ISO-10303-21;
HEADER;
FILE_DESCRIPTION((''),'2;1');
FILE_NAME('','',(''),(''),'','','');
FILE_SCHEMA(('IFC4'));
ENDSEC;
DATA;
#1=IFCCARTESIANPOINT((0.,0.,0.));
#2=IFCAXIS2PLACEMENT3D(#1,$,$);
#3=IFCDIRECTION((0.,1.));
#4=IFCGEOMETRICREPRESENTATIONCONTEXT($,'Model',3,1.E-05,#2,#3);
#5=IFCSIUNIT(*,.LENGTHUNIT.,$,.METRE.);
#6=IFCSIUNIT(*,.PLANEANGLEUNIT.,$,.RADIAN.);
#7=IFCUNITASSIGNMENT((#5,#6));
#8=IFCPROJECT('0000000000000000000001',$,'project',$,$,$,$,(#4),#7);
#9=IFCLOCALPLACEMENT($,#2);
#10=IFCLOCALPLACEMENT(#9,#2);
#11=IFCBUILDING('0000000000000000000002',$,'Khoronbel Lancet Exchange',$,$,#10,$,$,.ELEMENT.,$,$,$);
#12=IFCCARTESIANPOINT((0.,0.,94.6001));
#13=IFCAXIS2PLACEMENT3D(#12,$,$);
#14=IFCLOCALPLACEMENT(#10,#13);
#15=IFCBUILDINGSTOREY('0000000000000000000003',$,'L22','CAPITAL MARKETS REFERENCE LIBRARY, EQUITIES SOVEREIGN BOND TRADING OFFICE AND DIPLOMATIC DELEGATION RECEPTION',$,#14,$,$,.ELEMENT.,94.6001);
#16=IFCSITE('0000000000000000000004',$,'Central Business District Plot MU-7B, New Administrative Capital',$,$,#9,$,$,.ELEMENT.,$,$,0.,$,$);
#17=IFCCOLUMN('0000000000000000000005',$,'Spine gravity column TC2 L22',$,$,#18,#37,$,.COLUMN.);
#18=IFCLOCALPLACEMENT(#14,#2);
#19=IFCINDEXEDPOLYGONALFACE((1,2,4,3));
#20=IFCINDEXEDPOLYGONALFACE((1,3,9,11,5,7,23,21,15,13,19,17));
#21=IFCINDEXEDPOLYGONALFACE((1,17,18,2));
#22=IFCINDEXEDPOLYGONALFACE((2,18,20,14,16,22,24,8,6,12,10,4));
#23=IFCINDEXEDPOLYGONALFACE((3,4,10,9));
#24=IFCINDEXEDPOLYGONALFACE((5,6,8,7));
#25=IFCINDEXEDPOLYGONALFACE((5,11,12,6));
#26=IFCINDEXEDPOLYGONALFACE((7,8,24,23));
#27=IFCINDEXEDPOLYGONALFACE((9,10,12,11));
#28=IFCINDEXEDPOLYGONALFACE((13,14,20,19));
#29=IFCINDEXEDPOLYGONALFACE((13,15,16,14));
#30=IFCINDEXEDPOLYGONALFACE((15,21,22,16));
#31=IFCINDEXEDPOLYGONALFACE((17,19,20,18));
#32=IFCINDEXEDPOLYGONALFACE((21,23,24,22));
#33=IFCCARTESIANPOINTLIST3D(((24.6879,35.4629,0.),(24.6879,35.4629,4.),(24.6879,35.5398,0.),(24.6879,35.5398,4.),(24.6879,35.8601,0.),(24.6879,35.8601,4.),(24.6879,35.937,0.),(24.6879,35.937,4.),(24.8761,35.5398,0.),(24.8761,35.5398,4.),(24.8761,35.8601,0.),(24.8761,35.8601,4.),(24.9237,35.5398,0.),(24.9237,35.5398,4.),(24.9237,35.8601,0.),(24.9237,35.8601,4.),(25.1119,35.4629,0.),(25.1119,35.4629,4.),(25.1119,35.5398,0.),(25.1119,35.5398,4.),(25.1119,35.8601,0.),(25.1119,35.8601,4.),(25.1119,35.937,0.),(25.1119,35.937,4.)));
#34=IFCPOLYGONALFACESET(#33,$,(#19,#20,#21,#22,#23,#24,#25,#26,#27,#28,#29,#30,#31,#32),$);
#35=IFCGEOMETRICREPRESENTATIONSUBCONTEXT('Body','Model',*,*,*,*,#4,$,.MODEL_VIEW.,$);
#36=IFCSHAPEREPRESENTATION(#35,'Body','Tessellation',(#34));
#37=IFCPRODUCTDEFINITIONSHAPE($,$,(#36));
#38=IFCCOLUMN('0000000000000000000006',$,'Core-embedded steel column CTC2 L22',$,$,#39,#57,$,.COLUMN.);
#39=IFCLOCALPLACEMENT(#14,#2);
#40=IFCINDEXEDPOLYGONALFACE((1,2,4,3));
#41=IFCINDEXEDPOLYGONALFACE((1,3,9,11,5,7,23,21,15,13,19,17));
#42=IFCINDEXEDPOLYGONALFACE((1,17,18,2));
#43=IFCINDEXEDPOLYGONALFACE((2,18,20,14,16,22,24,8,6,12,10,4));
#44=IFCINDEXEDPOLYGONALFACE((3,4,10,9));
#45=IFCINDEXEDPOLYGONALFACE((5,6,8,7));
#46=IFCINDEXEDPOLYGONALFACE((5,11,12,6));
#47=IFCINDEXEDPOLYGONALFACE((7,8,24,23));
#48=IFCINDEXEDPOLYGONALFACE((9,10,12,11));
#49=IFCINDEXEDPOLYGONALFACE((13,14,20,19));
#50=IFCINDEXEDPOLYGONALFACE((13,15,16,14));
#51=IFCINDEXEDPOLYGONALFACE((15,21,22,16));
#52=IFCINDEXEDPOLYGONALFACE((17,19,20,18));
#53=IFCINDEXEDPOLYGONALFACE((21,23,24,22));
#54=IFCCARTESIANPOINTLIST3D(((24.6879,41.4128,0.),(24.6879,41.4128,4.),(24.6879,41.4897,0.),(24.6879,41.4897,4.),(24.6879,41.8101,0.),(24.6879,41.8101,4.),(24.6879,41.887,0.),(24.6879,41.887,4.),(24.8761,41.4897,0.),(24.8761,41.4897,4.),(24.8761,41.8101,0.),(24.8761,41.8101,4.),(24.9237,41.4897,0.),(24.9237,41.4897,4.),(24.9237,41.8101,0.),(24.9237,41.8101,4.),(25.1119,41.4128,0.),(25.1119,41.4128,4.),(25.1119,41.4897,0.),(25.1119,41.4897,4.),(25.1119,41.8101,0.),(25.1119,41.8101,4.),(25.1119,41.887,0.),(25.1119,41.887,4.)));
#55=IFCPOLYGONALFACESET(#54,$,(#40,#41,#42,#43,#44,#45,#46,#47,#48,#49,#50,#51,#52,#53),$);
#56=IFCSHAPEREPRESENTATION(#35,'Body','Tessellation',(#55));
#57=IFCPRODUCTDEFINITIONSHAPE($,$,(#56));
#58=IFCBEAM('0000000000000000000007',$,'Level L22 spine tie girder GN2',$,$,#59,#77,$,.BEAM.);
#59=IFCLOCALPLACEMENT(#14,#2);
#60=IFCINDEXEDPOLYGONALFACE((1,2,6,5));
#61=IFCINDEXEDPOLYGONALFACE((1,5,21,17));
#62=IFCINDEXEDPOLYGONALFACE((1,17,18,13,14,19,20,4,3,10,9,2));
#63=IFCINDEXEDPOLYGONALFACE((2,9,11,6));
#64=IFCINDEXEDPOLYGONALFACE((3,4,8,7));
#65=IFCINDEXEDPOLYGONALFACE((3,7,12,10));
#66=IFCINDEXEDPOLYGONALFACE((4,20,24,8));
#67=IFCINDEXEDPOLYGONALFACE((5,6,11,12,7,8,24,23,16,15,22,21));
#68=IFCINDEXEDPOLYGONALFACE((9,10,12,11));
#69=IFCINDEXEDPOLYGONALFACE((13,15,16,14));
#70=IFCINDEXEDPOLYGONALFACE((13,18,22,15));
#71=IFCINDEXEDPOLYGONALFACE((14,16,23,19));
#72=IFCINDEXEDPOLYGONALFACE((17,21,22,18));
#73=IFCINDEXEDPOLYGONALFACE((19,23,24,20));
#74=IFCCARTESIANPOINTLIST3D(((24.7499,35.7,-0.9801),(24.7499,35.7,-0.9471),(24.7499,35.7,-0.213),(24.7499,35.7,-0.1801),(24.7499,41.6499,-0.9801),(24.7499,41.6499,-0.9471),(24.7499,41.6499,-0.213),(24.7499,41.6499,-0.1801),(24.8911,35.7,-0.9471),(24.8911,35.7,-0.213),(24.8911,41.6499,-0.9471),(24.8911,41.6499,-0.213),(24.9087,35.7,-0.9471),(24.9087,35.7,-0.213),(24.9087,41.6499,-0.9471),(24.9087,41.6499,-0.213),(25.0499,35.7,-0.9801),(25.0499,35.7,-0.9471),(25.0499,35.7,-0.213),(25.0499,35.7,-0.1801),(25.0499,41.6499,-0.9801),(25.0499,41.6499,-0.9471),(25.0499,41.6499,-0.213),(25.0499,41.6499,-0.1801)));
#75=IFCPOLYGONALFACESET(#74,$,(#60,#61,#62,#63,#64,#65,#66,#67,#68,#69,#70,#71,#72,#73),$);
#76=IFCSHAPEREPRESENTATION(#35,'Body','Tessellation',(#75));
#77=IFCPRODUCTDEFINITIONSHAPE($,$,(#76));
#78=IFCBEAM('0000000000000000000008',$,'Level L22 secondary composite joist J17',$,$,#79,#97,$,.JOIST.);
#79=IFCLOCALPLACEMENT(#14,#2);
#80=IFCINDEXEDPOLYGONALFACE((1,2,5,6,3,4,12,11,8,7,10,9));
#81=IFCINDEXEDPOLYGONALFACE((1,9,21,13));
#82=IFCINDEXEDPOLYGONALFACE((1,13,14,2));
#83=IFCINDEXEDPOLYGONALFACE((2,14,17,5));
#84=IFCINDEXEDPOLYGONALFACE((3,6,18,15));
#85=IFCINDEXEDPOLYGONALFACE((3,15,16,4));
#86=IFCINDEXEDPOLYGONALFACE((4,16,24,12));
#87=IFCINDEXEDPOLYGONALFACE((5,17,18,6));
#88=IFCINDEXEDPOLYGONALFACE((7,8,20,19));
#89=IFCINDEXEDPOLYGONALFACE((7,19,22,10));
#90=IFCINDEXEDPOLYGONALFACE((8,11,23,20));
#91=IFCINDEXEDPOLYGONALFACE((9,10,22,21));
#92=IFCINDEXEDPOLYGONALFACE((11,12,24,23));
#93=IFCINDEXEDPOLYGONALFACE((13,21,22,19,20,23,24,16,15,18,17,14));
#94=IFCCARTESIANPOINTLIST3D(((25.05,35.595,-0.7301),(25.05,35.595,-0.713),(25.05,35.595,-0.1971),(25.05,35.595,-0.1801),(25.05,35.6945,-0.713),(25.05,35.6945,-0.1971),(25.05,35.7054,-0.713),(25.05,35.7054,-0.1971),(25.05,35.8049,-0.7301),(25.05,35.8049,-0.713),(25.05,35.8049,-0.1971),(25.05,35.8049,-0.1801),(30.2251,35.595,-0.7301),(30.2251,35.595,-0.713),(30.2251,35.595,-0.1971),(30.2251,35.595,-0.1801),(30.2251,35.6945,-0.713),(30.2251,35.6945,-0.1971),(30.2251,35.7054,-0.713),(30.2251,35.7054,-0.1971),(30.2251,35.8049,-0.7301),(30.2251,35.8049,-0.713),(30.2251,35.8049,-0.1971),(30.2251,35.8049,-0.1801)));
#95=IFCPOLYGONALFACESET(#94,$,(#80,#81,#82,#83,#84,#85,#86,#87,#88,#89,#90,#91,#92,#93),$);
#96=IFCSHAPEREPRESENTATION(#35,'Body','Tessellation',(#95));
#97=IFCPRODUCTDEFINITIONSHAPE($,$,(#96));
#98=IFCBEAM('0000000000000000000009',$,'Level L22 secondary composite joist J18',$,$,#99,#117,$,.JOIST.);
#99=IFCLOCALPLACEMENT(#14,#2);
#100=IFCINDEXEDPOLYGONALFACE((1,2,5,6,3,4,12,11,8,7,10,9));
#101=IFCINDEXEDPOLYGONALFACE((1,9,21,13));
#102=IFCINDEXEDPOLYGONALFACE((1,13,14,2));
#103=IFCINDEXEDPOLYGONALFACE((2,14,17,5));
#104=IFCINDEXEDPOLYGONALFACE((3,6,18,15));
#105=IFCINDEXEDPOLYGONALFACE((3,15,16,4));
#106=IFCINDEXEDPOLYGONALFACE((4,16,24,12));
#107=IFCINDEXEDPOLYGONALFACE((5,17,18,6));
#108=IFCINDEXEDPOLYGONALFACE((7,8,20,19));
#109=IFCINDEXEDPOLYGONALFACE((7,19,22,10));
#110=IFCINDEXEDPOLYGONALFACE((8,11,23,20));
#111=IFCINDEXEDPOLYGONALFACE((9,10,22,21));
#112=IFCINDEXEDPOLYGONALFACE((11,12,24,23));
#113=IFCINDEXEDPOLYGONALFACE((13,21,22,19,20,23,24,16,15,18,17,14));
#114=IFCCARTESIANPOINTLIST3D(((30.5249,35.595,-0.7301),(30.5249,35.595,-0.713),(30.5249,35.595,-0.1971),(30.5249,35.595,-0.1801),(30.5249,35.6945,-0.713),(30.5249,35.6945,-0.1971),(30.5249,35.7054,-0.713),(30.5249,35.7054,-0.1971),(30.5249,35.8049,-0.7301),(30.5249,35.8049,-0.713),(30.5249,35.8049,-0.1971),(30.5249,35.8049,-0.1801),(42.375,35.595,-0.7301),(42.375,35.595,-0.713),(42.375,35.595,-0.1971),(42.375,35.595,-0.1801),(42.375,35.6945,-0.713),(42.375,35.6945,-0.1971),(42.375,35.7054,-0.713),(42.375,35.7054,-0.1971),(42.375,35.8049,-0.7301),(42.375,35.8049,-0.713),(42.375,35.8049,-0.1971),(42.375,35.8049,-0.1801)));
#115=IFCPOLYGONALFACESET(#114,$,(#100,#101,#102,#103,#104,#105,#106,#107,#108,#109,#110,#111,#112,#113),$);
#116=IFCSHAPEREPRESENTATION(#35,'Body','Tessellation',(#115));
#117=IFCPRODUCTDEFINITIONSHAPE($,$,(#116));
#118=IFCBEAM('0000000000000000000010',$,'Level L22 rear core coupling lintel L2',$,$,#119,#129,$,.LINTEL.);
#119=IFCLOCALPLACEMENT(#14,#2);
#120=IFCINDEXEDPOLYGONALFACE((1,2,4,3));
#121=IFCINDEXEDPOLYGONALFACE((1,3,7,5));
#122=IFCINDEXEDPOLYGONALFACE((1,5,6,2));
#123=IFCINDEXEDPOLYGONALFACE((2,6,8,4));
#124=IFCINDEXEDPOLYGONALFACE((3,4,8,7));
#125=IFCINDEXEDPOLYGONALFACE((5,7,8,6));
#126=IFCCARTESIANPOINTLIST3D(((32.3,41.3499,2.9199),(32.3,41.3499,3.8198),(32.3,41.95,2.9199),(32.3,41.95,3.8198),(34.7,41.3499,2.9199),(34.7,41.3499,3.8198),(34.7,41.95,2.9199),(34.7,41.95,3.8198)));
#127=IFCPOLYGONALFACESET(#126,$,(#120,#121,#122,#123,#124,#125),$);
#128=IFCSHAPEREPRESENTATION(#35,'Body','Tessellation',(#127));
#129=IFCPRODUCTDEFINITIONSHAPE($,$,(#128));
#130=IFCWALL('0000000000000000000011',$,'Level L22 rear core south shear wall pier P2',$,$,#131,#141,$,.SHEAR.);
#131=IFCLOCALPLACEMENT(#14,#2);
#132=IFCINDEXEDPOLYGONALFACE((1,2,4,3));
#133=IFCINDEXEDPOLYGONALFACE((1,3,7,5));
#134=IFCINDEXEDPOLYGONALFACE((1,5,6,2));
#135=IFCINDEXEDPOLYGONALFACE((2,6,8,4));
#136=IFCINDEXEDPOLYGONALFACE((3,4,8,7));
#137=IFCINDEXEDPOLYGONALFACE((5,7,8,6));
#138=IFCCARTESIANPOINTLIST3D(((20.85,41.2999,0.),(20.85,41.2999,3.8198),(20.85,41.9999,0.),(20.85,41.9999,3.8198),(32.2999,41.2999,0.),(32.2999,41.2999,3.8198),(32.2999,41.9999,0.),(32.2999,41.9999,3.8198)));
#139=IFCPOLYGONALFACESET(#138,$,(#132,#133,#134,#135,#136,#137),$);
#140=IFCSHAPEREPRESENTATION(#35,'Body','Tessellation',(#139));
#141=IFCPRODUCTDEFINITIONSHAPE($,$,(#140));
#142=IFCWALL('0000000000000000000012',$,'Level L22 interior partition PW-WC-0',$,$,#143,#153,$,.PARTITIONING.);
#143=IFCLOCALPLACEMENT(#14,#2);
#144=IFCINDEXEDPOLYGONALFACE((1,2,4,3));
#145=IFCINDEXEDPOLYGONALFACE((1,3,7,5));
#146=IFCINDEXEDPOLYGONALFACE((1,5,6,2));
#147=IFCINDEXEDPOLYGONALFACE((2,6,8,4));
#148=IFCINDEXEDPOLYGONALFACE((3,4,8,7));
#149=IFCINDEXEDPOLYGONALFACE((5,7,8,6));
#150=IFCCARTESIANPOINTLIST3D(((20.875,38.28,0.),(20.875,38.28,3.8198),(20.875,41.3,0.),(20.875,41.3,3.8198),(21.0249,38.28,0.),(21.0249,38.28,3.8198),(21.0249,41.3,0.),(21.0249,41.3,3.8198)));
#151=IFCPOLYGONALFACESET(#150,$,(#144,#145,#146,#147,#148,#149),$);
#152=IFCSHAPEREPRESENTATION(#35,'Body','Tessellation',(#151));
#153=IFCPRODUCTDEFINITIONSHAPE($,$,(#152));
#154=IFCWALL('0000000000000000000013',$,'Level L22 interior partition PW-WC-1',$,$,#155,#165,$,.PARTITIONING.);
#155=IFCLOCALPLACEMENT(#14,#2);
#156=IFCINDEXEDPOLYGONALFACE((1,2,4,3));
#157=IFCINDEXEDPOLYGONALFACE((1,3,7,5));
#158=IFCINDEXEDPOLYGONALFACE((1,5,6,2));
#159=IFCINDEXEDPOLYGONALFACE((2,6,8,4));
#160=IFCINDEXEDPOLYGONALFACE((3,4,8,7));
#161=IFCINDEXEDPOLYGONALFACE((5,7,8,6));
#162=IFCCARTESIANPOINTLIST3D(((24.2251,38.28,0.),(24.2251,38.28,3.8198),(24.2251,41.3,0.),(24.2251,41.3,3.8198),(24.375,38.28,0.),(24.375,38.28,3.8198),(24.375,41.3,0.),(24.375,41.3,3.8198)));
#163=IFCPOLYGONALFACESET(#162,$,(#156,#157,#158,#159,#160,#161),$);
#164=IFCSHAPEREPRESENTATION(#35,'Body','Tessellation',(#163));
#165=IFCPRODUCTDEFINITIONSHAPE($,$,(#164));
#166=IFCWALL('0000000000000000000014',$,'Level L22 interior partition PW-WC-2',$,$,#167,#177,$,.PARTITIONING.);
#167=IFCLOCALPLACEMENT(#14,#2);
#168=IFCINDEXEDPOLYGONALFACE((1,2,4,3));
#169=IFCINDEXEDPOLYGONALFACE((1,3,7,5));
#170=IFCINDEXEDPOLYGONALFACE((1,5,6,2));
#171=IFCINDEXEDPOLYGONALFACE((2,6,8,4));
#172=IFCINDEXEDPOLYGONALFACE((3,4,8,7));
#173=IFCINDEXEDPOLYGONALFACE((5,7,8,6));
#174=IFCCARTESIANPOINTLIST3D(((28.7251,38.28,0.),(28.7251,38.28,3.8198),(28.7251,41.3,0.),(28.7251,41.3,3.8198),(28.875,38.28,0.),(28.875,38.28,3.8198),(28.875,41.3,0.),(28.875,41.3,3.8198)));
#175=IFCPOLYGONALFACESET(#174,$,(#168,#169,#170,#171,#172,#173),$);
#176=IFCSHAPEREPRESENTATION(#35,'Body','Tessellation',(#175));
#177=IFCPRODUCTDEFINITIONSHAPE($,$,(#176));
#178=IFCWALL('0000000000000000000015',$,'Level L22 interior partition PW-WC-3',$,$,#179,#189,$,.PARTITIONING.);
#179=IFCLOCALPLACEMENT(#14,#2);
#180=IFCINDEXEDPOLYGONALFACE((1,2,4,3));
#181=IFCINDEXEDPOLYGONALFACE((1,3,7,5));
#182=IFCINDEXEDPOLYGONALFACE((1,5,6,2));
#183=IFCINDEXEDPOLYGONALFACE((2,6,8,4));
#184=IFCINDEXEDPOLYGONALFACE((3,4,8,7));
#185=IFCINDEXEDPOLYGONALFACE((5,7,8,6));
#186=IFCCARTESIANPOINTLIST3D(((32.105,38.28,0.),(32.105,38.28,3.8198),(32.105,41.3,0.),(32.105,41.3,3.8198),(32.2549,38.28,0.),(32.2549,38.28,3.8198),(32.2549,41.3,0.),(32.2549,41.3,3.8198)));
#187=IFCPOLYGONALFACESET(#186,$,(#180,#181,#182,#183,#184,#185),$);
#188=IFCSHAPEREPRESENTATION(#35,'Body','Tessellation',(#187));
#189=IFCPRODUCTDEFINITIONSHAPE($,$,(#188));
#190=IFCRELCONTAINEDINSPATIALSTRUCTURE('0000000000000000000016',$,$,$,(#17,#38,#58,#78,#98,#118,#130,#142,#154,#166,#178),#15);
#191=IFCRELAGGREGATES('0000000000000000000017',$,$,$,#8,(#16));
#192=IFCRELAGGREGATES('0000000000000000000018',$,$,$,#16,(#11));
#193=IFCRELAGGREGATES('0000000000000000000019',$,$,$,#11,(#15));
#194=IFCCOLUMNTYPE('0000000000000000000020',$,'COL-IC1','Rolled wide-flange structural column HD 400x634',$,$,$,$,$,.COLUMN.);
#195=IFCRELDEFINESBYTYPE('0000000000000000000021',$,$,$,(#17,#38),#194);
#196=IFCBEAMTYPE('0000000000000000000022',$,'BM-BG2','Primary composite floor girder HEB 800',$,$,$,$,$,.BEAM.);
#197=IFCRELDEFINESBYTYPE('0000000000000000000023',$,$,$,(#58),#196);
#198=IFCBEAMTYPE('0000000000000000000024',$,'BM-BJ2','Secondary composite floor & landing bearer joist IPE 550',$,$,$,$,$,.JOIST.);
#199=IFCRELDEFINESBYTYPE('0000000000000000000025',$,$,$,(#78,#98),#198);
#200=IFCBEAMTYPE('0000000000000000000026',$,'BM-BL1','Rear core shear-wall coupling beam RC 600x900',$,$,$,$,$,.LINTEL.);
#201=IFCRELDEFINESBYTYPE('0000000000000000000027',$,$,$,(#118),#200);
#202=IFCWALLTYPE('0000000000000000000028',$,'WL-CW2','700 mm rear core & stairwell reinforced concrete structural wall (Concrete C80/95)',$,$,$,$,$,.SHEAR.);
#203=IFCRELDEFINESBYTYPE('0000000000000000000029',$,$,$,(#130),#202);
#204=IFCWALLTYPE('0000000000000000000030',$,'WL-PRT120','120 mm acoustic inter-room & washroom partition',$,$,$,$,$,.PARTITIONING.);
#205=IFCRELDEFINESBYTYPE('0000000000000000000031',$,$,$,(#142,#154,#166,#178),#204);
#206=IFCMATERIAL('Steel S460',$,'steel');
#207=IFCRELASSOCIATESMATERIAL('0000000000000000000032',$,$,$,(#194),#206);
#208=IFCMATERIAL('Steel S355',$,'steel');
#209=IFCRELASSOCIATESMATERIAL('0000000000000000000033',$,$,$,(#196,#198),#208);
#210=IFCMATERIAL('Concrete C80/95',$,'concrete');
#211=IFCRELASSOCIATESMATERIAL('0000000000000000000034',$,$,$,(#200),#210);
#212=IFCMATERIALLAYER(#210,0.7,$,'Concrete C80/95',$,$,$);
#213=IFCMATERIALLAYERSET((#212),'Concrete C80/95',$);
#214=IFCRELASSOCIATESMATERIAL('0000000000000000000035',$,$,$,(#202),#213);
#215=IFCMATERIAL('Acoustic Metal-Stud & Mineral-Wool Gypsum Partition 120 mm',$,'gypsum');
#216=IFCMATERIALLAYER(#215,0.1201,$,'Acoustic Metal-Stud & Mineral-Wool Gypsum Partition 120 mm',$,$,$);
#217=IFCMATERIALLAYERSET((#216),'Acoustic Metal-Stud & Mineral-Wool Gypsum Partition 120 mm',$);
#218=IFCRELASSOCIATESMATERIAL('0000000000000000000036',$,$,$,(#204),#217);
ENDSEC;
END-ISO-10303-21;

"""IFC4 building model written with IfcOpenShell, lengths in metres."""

from ifc_helpers import new_model, si_unit, direction, frame, frame_2d, origin, origin_2d, place, context, subcontext, project, spatial, rectangle, i_section, extrude, material, layer, layer_set, material_profile, profile_set, type_object, element, save


model = new_model("IFC4")

# Units and contexts
model_context = context("Model", 3, precision=1e-05, world=origin(), true_north=direction((0.0, 1.0)))
body_context = subcontext(model_context, "Body", "Model", "MODEL_VIEW")
ifc_project = project(units=[si_unit("LENGTHUNIT", "METRE"), si_unit("PLANEANGLEUNIT", "RADIAN")], contexts=[model_context])

# Site, building, storey
site_placement = place(None, origin())
site = spatial("IfcSite", under=ifc_project, at=site_placement, Name="Central Business District Plot MU-7B, New Administrative Capital", CompositionType="ELEMENT", RefElevation=0.0)
building_placement = place(site_placement, origin())
building = spatial("IfcBuilding", under=site, at=building_placement, Name="Khoronbel Lancet Exchange", CompositionType="ELEMENT")
storey_placement = place(building_placement, frame((0.0, 0.0, 94.6001)))
storey = spatial("IfcBuildingStorey", under=building, at=storey_placement, Name="L22", Description="CAPITAL MARKETS REFERENCE LIBRARY, EQUITIES SOVEREIGN BOND TRADING OFFICE AND DIPLOMATIC DELEGATION RECEPTION", CompositionType="ELEMENT", Elevation=94.6001)

# Columns
ifc_material_1 = material(Name="Steel S460", Category="steel")
ifc_material_profile_1 = material_profile(ifc_material_1, i_section(OverallWidth=0.4241, OverallDepth=0.4741, WebThickness=0.0476, FlangeThickness=0.0769, at=origin_2d()), Name="HD 400x634")
ifc_profile_set_1 = profile_set([ifc_material_profile_1], Name="Steel S460")
column_type = type_object("IfcColumnType", Name="COL-IC1", Description="Rolled wide-flange structural column HD 400x634", PredefinedType="COLUMN", material=ifc_profile_set_1)
for number, where, z_axis, x_axis, name in (
    (1, (24.8999, 35.7, 0.0), (0.0, 0.0, 1.0), (1.0, 0.0, 0.0), "Spine gravity column TC2 L22"),
    (2, (24.8999, 41.6499, 0.0), (0.0, 0.0, 1.0), (1.0, 0.0, 0.0), "Core-embedded steel column CTC2 L22"),
):
    element("IfcColumn", number, at=place(storey_placement, frame(where, z_axis=z_axis, x_axis=x_axis)), inside=storey, type_object=column_type, Name=name, PredefinedType="COLUMN", context=body_context, shape_type="SweptSolid", body=[
        extrude(i_section(OverallWidth=0.4241, OverallDepth=0.4741, WebThickness=0.0476, FlangeThickness=0.0769, at=origin_2d()), origin(), (0.0, 0.0, 1.0), 4.0),
    ])

# Beams
ifc_material_2 = material(Name="Steel S355", Category="steel")
ifc_material_profile_2 = material_profile(ifc_material_2, i_section(OverallWidth=0.3, OverallDepth=0.8, WebThickness=0.0176, FlangeThickness=0.033, at=origin_2d()), Name="HEB 800")
ifc_profile_set_2 = profile_set([ifc_material_profile_2], Name="Steel S355")
beam_type_1 = type_object("IfcBeamType", Name="BM-BG2", Description="Primary composite floor girder HEB 800", PredefinedType="BEAM", material=ifc_profile_set_2)
beam_1_placement = place(storey_placement, frame((24.8999, 35.7, -0.5801), z_axis=(0.0, 1.0, 0.0), x_axis=(-1.0, 0.0, 0.0)))
element("IfcBeam", 3, at=beam_1_placement, inside=storey, type_object=beam_type_1, Name="Level L22 spine tie girder GN2", PredefinedType="BEAM", context=body_context, shape_type="SweptSolid", body=[
    extrude(i_section(OverallWidth=0.3, OverallDepth=0.8, WebThickness=0.0176, FlangeThickness=0.033, at=origin_2d()), origin(), (0.0, 0.0, 1.0), 5.95),
])
ifc_material_profile_3 = material_profile(ifc_material_2, i_section(OverallWidth=0.21, OverallDepth=0.55, WebThickness=0.011, FlangeThickness=0.0171, at=origin_2d()), Name="IPE 550")
ifc_profile_set_3 = profile_set([ifc_material_profile_3], Name="Steel S355")
beam_type_2 = type_object("IfcBeamType", Name="BM-BJ2", Description="Secondary composite floor & landing bearer joist IPE 550", PredefinedType="JOIST", material=ifc_profile_set_3)
beam_2_placement = place(storey_placement, frame((25.05, 35.7, -0.4551), z_axis=(1.0, 0.0, 0.0), x_axis=(0.0, 1.0, 0.0)))
element("IfcBeam", 4, at=beam_2_placement, inside=storey, type_object=beam_type_2, Name="Level L22 secondary composite joist J17", PredefinedType="JOIST", context=body_context, shape_type="SweptSolid", body=[
    extrude(i_section(OverallWidth=0.21, OverallDepth=0.55, WebThickness=0.011, FlangeThickness=0.0171, at=origin_2d()), origin(), (0.0, 0.0, 1.0), 5.175),
])
beam_3_placement = place(storey_placement, frame((30.5249, 35.7, -0.4551), z_axis=(1.0, 0.0, 0.0), x_axis=(0.0, 1.0, 0.0)))
element("IfcBeam", 5, at=beam_3_placement, inside=storey, type_object=beam_type_2, Name="Level L22 secondary composite joist J18", PredefinedType="JOIST", context=body_context, shape_type="SweptSolid", body=[
    extrude(i_section(OverallWidth=0.21, OverallDepth=0.55, WebThickness=0.011, FlangeThickness=0.0171, at=origin_2d()), origin(), (0.0, 0.0, 1.0), 11.8501),
])
ifc_material_3 = material(Name="Concrete C80/95", Category="concrete")
ifc_material_profile_4 = material_profile(ifc_material_3, rectangle(XDim=0.6001, YDim=0.8999, at=origin_2d()), Name="RC 600x900")
ifc_profile_set_4 = profile_set([ifc_material_profile_4], Name="Concrete C80/95")
beam_type_3 = type_object("IfcBeamType", Name="BM-BL1", Description="Rear core shear-wall coupling beam RC 600x900", PredefinedType="LINTEL", material=ifc_profile_set_4)
beam_4_placement = place(storey_placement, frame((32.3, 41.6499, 3.3699), z_axis=(1.0, 0.0, 0.0), x_axis=(0.0, 1.0, 0.0)))
element("IfcBeam", 6, at=beam_4_placement, inside=storey, type_object=beam_type_3, Name="Level L22 rear core coupling lintel L2", PredefinedType="LINTEL", context=body_context, shape_type="SweptSolid", body=[
    extrude(rectangle(XDim=0.6001, YDim=0.8999, at=origin_2d()), origin(), (0.0, 0.0, 1.0), 2.3999),
])

# Walls
ifc_layer_1 = layer(ifc_material_3, 0.7, Name="Concrete C80/95")
ifc_layer_set_1 = layer_set([ifc_layer_1], Name="Concrete C80/95")
wall_type_1 = type_object("IfcWallType", Name="WL-CW2", Description="700 mm rear core & stairwell reinforced concrete structural wall (Concrete C80/95)", PredefinedType="SHEAR", material=ifc_layer_set_1)
wall_1_placement = place(storey_placement, frame((32.3, 41.6499, 0.0), z_axis=(0.0, 0.0, 1.0), x_axis=(-1.0, 0.0, 0.0)))
element("IfcWall", 7, at=wall_1_placement, inside=storey, type_object=wall_type_1, Name="Level L22 rear core south shear wall pier P2", PredefinedType="SHEAR", context=body_context, shape_type="SweptSolid", body=[
    extrude(rectangle(XDim=11.45, YDim=0.7, at=frame_2d((5.7251, 0.0))), origin(), (0.0, 0.0, 1.0), 3.8198),
])
ifc_material_4 = material(Name="Acoustic Metal-Stud & Mineral-Wool Gypsum Partition 120 mm", Category="gypsum")
ifc_layer_2 = layer(ifc_material_4, 0.1201, Name="Acoustic Metal-Stud & Mineral-Wool Gypsum Partition 120 mm")
ifc_layer_set_2 = layer_set([ifc_layer_2], Name="Acoustic Metal-Stud & Mineral-Wool Gypsum Partition 120 mm")
wall_type_2 = type_object("IfcWallType", Name="WL-PRT120", Description="120 mm acoustic inter-room & washroom partition", PredefinedType="PARTITIONING", material=ifc_layer_set_2)
for number, where, z_axis, x_axis, name in (
    (8, (20.95, 38.28, 0.0), (0.0, 0.0, 1.0), (0.0, 1.0, 0.0), "Level L22 interior partition PW-WC-0"),
    (9, (24.3, 38.28, 0.0), (0.0, 0.0, 1.0), (0.0, 1.0, 0.0), "Level L22 interior partition PW-WC-1"),
    (10, (28.8, 38.28, 0.0), (0.0, 0.0, 1.0), (0.0, 1.0, 0.0), "Level L22 interior partition PW-WC-2"),
    (11, (32.1799, 38.28, 0.0), (0.0, 0.0, 1.0), (0.0, 1.0, 0.0), "Level L22 interior partition PW-WC-3"),
):
    element("IfcWall", number, at=place(storey_placement, frame(where, z_axis=z_axis, x_axis=x_axis)), inside=storey, type_object=wall_type_2, Name=name, PredefinedType="PARTITIONING", context=body_context, shape_type="SweptSolid", body=[
        extrude(rectangle(XDim=3.02, YDim=0.1499, at=frame_2d((1.51, 0.0))), origin(), (0.0, 0.0, 1.0), 3.8198),
    ])

save(model, "model.ifc")
